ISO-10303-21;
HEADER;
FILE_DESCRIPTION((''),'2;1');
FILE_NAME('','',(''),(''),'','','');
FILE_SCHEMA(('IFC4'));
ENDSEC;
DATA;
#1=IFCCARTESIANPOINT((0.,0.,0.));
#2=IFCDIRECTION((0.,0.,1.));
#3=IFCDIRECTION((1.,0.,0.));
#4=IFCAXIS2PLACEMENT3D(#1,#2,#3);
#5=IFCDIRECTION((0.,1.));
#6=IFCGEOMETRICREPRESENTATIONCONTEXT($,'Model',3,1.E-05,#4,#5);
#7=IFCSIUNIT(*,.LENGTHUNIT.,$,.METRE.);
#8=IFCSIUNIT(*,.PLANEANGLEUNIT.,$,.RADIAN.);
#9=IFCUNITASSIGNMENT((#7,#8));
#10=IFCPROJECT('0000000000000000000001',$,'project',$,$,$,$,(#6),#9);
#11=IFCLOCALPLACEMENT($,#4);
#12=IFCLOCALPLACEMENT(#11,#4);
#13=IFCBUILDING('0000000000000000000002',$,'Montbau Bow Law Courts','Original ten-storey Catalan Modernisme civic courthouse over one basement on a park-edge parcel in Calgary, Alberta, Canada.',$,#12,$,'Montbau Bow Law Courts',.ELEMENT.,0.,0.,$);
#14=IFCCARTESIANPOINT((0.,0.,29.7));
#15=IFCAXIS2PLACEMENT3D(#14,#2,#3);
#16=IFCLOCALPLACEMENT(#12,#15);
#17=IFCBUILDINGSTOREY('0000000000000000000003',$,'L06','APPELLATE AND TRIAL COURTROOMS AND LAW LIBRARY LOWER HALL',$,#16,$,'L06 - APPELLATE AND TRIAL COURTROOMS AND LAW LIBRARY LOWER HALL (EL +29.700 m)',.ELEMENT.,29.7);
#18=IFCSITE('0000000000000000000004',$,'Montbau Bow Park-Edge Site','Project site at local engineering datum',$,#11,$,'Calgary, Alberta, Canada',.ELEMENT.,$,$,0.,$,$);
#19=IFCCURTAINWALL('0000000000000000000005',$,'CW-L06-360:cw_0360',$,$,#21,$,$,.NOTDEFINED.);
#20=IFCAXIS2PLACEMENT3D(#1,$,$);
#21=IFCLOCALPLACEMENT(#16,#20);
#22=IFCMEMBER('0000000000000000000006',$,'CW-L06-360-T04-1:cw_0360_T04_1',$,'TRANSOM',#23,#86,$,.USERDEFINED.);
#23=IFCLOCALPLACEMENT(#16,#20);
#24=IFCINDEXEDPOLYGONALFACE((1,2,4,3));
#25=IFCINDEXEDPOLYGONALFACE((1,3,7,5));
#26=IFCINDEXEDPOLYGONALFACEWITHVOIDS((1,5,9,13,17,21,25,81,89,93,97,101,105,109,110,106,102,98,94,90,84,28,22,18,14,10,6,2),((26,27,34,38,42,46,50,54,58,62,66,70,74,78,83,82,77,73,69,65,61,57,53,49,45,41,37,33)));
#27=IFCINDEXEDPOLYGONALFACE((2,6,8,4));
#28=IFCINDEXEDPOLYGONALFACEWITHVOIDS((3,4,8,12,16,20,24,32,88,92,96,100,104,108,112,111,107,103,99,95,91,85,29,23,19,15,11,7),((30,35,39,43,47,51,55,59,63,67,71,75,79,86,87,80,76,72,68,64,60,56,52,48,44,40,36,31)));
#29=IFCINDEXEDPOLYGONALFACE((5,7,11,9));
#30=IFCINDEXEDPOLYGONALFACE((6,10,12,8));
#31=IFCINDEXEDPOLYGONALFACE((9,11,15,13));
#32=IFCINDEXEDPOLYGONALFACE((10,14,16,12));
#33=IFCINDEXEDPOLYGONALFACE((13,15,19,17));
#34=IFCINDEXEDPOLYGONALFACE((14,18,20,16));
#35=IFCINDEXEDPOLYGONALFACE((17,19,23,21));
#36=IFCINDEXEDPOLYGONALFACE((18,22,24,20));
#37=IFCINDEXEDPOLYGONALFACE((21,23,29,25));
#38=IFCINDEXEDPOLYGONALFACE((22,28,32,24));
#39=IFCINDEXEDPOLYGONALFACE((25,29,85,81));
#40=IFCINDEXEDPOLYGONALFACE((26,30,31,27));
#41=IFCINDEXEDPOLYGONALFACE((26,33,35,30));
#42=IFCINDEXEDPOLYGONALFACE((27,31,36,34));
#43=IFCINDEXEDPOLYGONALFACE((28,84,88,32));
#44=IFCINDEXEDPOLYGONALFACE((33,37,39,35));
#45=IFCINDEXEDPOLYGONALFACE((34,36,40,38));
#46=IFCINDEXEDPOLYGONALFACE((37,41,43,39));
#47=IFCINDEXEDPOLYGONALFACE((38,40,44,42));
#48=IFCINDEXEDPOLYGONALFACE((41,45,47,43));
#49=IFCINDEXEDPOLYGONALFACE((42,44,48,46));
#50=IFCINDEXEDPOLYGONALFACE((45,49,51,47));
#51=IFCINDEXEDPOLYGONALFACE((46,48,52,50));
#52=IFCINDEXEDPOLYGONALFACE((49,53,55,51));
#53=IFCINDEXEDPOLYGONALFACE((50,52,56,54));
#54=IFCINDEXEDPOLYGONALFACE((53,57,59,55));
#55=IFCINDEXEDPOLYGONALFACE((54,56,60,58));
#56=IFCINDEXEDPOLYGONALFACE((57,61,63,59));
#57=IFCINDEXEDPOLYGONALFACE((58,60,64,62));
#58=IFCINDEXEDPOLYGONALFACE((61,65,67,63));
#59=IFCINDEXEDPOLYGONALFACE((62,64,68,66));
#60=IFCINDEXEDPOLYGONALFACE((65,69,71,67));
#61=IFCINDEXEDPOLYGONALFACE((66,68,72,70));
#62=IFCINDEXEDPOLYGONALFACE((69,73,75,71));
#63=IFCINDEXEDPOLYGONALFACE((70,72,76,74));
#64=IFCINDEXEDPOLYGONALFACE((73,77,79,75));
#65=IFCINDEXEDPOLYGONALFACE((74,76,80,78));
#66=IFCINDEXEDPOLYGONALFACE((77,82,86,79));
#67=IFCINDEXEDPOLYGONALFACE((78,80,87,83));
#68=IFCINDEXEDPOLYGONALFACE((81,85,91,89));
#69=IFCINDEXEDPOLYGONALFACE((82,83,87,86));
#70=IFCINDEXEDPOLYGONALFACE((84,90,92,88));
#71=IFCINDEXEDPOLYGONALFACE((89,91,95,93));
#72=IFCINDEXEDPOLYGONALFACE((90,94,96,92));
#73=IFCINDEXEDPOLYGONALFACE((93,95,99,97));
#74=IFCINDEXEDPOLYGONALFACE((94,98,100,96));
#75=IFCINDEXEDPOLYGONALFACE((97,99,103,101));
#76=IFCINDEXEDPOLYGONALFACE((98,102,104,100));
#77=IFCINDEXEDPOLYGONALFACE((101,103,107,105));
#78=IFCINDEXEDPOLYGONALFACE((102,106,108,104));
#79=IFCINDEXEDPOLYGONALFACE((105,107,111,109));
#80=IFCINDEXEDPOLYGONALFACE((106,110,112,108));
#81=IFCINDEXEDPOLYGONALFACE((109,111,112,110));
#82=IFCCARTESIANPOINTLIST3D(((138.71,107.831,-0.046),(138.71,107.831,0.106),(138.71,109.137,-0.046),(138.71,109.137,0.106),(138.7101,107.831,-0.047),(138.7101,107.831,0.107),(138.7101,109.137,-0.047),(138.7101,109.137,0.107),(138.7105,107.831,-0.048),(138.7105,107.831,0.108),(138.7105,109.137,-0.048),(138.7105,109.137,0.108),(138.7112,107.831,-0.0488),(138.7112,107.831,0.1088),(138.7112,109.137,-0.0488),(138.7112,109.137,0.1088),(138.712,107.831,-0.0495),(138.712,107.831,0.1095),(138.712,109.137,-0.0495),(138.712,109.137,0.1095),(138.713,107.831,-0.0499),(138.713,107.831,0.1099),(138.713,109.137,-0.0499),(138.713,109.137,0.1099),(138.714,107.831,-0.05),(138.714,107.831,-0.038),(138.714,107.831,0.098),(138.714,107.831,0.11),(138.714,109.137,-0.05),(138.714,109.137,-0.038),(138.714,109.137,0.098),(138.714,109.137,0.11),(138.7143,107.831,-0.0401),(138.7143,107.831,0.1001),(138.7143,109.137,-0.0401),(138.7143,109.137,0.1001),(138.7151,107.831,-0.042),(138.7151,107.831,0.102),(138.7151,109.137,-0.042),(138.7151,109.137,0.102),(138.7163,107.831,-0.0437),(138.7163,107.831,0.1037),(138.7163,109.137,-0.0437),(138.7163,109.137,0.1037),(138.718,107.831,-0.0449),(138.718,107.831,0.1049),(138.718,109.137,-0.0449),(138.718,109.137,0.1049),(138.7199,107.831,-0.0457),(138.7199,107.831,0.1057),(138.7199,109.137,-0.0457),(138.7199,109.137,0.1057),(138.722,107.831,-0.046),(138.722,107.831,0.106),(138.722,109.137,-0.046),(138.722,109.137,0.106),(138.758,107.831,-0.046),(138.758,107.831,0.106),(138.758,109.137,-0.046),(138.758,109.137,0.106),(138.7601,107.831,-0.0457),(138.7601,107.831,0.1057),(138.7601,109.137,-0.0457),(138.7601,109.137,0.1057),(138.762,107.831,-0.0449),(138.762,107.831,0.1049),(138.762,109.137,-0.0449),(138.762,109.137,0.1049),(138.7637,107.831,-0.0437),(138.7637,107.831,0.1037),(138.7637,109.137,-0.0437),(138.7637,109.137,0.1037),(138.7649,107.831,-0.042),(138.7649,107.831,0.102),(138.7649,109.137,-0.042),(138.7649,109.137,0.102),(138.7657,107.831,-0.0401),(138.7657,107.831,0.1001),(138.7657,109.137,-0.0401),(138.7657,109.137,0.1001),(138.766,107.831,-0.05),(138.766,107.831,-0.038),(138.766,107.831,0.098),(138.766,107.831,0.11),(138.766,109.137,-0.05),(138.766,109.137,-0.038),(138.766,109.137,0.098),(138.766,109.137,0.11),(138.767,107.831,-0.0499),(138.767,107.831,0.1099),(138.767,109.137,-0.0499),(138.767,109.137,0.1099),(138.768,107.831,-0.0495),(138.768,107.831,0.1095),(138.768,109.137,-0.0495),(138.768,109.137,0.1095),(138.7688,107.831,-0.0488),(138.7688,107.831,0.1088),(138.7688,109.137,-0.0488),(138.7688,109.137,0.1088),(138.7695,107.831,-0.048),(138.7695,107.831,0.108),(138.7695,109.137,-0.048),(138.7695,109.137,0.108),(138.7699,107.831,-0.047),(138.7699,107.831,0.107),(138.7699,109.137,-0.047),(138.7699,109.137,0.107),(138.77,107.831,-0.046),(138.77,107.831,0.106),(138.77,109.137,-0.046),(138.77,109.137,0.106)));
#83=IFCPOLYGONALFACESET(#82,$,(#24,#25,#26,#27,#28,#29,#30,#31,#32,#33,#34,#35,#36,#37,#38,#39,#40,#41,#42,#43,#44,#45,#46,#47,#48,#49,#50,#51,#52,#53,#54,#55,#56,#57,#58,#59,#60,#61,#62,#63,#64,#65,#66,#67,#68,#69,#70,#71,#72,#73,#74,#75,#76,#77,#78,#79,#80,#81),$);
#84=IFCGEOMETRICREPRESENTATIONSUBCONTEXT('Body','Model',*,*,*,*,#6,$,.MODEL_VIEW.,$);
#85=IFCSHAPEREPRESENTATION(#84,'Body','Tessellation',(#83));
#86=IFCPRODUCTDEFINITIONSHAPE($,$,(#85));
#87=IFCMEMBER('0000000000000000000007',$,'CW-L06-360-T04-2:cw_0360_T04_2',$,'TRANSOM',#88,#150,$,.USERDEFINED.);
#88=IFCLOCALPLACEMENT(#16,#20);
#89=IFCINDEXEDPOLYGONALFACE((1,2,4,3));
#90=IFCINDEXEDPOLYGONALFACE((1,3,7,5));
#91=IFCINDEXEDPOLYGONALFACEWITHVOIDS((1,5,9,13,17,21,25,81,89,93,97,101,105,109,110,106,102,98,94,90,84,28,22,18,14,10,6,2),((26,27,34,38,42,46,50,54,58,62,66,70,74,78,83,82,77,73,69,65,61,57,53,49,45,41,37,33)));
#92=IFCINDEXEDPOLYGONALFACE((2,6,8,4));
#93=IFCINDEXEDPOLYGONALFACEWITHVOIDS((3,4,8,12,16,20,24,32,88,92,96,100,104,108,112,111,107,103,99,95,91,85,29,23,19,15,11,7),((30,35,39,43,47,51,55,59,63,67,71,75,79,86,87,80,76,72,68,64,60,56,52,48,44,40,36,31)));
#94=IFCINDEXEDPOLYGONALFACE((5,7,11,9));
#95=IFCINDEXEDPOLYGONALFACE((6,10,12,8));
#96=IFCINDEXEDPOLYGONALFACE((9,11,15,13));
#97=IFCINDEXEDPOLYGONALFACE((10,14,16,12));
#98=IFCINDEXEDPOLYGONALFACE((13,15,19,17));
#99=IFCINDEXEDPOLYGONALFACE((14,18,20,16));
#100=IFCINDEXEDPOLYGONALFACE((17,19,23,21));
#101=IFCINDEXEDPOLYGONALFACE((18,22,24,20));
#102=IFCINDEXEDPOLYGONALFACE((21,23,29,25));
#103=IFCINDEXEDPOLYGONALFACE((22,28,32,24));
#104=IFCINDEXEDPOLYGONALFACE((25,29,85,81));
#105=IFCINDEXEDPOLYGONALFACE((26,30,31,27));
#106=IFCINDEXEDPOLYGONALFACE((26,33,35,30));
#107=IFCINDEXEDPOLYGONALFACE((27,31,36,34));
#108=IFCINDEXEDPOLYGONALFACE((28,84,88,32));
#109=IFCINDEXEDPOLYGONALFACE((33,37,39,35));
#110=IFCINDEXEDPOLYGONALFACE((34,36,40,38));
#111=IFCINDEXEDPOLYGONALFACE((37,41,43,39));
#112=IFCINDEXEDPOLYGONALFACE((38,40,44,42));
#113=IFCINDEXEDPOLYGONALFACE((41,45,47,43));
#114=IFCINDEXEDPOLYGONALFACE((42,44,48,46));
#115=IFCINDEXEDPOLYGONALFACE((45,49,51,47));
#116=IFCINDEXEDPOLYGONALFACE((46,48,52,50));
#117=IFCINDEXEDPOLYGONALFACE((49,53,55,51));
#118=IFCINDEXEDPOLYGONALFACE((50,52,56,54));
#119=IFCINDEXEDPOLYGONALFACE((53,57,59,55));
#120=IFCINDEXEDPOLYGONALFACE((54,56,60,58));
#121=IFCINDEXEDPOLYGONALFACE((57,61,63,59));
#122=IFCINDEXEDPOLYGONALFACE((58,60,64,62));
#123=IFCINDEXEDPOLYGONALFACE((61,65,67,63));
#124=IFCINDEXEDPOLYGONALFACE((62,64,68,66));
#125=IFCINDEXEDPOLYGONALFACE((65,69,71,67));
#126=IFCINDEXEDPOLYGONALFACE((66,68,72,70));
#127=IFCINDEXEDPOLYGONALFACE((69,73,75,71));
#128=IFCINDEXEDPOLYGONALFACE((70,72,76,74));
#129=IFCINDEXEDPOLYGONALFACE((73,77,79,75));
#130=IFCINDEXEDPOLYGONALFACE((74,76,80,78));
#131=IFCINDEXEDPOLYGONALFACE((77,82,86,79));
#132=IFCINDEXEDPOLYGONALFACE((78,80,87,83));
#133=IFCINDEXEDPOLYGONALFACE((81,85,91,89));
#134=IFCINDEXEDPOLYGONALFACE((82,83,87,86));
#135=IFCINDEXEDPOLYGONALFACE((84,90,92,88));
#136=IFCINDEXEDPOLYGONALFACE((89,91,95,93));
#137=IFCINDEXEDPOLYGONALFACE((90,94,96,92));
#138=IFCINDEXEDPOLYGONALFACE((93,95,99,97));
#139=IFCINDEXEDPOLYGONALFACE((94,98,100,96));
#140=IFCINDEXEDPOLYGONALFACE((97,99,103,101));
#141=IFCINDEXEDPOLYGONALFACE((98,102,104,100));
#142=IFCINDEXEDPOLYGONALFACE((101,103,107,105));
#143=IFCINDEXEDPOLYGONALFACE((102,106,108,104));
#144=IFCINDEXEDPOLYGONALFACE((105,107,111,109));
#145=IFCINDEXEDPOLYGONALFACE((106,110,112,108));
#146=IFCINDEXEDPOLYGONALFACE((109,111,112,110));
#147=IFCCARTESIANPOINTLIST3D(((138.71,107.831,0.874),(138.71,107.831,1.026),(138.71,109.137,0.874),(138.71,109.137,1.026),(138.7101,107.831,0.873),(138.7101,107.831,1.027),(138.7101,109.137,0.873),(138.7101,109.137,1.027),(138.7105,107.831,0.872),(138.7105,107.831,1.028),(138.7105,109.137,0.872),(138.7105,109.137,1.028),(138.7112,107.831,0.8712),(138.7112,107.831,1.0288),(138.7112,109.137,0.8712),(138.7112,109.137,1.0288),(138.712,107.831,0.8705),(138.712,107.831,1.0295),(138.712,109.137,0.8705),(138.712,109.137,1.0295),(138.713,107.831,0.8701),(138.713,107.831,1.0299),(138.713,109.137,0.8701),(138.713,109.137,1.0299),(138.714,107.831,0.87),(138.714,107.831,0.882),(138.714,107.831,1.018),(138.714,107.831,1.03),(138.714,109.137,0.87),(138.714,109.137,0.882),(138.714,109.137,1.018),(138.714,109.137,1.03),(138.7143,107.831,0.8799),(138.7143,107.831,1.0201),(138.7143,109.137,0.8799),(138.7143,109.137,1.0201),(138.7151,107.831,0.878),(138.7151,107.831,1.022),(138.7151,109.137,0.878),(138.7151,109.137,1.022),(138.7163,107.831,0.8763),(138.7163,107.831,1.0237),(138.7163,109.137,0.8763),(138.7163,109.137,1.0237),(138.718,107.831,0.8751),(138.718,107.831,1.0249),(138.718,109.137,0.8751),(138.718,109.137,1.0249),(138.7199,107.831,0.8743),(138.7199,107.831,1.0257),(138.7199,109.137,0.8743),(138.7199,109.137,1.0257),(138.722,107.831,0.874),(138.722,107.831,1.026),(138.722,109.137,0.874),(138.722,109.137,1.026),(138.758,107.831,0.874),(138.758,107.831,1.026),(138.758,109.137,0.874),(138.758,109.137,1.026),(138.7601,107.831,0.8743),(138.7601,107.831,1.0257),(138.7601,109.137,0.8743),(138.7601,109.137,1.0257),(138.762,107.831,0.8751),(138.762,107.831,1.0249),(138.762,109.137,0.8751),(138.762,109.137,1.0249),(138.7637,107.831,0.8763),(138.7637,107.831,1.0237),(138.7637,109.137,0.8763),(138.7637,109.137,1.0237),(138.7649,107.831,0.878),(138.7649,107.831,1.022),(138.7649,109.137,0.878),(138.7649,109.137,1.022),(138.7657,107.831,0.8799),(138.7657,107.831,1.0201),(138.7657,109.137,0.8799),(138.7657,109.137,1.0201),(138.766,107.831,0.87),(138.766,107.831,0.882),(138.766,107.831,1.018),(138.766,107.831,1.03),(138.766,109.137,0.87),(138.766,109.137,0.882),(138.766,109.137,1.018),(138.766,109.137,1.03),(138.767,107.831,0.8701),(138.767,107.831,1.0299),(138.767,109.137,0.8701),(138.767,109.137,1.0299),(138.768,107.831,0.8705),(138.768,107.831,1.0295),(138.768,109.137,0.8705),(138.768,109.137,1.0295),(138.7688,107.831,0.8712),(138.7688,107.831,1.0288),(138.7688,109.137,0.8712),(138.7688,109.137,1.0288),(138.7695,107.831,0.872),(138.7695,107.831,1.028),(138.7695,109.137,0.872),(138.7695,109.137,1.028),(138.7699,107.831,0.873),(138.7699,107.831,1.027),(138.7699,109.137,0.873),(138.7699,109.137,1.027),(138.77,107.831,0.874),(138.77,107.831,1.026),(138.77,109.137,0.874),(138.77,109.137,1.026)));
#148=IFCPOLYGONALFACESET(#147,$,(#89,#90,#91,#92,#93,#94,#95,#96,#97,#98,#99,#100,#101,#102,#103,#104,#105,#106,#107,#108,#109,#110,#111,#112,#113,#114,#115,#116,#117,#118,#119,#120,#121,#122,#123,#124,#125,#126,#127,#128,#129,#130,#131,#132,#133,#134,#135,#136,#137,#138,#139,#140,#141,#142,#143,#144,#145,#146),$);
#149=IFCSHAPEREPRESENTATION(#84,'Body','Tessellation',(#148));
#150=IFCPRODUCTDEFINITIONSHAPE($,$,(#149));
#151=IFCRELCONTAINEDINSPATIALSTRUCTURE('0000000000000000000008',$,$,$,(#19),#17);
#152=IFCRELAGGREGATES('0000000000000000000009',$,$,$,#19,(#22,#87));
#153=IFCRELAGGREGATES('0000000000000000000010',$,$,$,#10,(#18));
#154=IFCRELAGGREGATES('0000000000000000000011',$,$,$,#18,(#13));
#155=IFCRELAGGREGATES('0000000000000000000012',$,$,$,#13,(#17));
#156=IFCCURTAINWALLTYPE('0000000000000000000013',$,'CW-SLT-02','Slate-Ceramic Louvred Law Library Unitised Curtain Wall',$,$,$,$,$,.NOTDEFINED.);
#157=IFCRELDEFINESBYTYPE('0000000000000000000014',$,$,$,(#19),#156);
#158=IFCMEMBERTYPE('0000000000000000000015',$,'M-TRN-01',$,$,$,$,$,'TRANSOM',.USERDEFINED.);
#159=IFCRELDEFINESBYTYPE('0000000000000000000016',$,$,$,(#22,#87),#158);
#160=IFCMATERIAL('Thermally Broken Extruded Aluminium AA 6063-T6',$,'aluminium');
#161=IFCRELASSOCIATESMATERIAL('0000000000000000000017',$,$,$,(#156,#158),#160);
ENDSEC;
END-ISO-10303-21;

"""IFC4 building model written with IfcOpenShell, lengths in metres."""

from ifc_helpers import new_model, si_unit, direction, frame, origin_with_axes, origin_2d_with_axis, place, context, subcontext, project, spatial, hollow_rectangle, extrude, material, material_profile, profile_set, type_object, element, aggregate, save


model = new_model("IFC4")

# Units and contexts
model_context = context("Model", 3, precision=1e-05, world=origin_with_axes(), true_north=direction((0.0, 1.0)))
body_context = subcontext(model_context, "Body", "Model", "MODEL_VIEW")
ifc_project = project(units=[si_unit("LENGTHUNIT", "METRE"), si_unit("PLANEANGLEUNIT", "RADIAN")], contexts=[model_context])

# Site, building, storey
site_placement = place(None, origin_with_axes())
site = spatial("IfcSite", under=ifc_project, at=site_placement, Name="Montbau Bow Park-Edge Site", Description="Project site at local engineering datum", LongName="Calgary, Alberta, Canada", CompositionType="ELEMENT", RefElevation=0.0)
building_placement = place(site_placement, origin_with_axes())
building = spatial("IfcBuilding", under=site, at=building_placement, Name="Montbau Bow Law Courts", Description="Original ten-storey Catalan Modernisme civic courthouse over one basement on a park-edge parcel in Calgary, Alberta, Canada.", LongName="Montbau Bow Law Courts", CompositionType="ELEMENT", ElevationOfRefHeight=0.0, ElevationOfTerrain=0.0)
storey_placement = place(building_placement, frame((0.0, 0.0, 29.7), z_axis=(0.0, 0.0, 1.0), x_axis=(1.0, 0.0, 0.0)))
storey = spatial("IfcBuildingStorey", under=building, at=storey_placement, Name="L06", Description="APPELLATE AND TRIAL COURTROOMS AND LAW LIBRARY LOWER HALL", LongName="L06 - APPELLATE AND TRIAL COURTROOMS AND LAW LIBRARY LOWER HALL (EL +29.700 m)", CompositionType="ELEMENT", Elevation=29.7)

# Curtain wall, members
ifc_material_1 = material(Name="Thermally Broken Extruded Aluminium AA 6063-T6", Category="aluminium")
curtain_wall_type = type_object("IfcCurtainWallType", Name="CW-SLT-02", Description="Slate-Ceramic Louvred Law Library Unitised Curtain Wall", PredefinedType="NOTDEFINED", material=ifc_material_1)
curtain_wall_placement = place(None, frame((138.74, 103.64, 29.7), z_axis=(0.0, 0.0, 1.0), x_axis=(1.0, 0.0, 0.0)))
curtain_wall = element("IfcCurtainWall", 1, at=curtain_wall_placement, inside=storey, type_object=curtain_wall_type, Name="CW-L06-360:cw_0360", PredefinedType="NOTDEFINED")
ifc_material_profile_1 = material_profile(ifc_material_1, hollow_rectangle(XDim=0.06, YDim=0.16, WallThickness=0.004, InnerFilletRadius=0.008, OuterFilletRadius=0.004, at=origin_2d_with_axis()), Name="CWT-160X60", Category="Main", Priority=0)
ifc_profile_set_1 = profile_set([ifc_material_profile_1], Name="Thermally Broken Extruded Aluminium AA 6063-T6")
member_type_1 = type_object("IfcMemberType", Name="M-TRN-01", ElementType="TRANSOM", PredefinedType="USERDEFINED", material=ifc_profile_set_1)
member_1_placement = place(None, frame((138.74, 107.831, 29.73), z_axis=(0.0, 1.0, 0.0), x_axis=(-1.0, 0.0, 0.0)))
member_1 = element("IfcMember", 2, at=member_1_placement, type_object=member_type_1, Name="CW-L06-360-T04-1:cw_0360_T04_1", ObjectType="TRANSOM", PredefinedType="USERDEFINED", context=body_context, shape_type="SweptSolid", body=[
    extrude(hollow_rectangle(XDim=0.06, YDim=0.16, WallThickness=0.004, InnerFilletRadius=0.008, OuterFilletRadius=0.004, at=origin_2d_with_axis()), origin_with_axes(), (0.0, 0.0, 1.0), 1.306),
])
member_2_placement = place(None, frame((138.74, 107.831, 30.65), z_axis=(0.0, 1.0, 0.0), x_axis=(-1.0, 0.0, 0.0)))
member_2 = element("IfcMember", 3, at=member_2_placement, type_object=member_type_1, Name="CW-L06-360-T04-2:cw_0360_T04_2", ObjectType="TRANSOM", PredefinedType="USERDEFINED", context=body_context, shape_type="SweptSolid", body=[
    extrude(hollow_rectangle(XDim=0.06, YDim=0.16, WallThickness=0.004, InnerFilletRadius=0.008, OuterFilletRadius=0.004, at=origin_2d_with_axis()), origin_with_axes(), (0.0, 0.0, 1.0), 1.306),
])
aggregate(curtain_wall, [member_1, member_2])

save(model, "model.ifc")
